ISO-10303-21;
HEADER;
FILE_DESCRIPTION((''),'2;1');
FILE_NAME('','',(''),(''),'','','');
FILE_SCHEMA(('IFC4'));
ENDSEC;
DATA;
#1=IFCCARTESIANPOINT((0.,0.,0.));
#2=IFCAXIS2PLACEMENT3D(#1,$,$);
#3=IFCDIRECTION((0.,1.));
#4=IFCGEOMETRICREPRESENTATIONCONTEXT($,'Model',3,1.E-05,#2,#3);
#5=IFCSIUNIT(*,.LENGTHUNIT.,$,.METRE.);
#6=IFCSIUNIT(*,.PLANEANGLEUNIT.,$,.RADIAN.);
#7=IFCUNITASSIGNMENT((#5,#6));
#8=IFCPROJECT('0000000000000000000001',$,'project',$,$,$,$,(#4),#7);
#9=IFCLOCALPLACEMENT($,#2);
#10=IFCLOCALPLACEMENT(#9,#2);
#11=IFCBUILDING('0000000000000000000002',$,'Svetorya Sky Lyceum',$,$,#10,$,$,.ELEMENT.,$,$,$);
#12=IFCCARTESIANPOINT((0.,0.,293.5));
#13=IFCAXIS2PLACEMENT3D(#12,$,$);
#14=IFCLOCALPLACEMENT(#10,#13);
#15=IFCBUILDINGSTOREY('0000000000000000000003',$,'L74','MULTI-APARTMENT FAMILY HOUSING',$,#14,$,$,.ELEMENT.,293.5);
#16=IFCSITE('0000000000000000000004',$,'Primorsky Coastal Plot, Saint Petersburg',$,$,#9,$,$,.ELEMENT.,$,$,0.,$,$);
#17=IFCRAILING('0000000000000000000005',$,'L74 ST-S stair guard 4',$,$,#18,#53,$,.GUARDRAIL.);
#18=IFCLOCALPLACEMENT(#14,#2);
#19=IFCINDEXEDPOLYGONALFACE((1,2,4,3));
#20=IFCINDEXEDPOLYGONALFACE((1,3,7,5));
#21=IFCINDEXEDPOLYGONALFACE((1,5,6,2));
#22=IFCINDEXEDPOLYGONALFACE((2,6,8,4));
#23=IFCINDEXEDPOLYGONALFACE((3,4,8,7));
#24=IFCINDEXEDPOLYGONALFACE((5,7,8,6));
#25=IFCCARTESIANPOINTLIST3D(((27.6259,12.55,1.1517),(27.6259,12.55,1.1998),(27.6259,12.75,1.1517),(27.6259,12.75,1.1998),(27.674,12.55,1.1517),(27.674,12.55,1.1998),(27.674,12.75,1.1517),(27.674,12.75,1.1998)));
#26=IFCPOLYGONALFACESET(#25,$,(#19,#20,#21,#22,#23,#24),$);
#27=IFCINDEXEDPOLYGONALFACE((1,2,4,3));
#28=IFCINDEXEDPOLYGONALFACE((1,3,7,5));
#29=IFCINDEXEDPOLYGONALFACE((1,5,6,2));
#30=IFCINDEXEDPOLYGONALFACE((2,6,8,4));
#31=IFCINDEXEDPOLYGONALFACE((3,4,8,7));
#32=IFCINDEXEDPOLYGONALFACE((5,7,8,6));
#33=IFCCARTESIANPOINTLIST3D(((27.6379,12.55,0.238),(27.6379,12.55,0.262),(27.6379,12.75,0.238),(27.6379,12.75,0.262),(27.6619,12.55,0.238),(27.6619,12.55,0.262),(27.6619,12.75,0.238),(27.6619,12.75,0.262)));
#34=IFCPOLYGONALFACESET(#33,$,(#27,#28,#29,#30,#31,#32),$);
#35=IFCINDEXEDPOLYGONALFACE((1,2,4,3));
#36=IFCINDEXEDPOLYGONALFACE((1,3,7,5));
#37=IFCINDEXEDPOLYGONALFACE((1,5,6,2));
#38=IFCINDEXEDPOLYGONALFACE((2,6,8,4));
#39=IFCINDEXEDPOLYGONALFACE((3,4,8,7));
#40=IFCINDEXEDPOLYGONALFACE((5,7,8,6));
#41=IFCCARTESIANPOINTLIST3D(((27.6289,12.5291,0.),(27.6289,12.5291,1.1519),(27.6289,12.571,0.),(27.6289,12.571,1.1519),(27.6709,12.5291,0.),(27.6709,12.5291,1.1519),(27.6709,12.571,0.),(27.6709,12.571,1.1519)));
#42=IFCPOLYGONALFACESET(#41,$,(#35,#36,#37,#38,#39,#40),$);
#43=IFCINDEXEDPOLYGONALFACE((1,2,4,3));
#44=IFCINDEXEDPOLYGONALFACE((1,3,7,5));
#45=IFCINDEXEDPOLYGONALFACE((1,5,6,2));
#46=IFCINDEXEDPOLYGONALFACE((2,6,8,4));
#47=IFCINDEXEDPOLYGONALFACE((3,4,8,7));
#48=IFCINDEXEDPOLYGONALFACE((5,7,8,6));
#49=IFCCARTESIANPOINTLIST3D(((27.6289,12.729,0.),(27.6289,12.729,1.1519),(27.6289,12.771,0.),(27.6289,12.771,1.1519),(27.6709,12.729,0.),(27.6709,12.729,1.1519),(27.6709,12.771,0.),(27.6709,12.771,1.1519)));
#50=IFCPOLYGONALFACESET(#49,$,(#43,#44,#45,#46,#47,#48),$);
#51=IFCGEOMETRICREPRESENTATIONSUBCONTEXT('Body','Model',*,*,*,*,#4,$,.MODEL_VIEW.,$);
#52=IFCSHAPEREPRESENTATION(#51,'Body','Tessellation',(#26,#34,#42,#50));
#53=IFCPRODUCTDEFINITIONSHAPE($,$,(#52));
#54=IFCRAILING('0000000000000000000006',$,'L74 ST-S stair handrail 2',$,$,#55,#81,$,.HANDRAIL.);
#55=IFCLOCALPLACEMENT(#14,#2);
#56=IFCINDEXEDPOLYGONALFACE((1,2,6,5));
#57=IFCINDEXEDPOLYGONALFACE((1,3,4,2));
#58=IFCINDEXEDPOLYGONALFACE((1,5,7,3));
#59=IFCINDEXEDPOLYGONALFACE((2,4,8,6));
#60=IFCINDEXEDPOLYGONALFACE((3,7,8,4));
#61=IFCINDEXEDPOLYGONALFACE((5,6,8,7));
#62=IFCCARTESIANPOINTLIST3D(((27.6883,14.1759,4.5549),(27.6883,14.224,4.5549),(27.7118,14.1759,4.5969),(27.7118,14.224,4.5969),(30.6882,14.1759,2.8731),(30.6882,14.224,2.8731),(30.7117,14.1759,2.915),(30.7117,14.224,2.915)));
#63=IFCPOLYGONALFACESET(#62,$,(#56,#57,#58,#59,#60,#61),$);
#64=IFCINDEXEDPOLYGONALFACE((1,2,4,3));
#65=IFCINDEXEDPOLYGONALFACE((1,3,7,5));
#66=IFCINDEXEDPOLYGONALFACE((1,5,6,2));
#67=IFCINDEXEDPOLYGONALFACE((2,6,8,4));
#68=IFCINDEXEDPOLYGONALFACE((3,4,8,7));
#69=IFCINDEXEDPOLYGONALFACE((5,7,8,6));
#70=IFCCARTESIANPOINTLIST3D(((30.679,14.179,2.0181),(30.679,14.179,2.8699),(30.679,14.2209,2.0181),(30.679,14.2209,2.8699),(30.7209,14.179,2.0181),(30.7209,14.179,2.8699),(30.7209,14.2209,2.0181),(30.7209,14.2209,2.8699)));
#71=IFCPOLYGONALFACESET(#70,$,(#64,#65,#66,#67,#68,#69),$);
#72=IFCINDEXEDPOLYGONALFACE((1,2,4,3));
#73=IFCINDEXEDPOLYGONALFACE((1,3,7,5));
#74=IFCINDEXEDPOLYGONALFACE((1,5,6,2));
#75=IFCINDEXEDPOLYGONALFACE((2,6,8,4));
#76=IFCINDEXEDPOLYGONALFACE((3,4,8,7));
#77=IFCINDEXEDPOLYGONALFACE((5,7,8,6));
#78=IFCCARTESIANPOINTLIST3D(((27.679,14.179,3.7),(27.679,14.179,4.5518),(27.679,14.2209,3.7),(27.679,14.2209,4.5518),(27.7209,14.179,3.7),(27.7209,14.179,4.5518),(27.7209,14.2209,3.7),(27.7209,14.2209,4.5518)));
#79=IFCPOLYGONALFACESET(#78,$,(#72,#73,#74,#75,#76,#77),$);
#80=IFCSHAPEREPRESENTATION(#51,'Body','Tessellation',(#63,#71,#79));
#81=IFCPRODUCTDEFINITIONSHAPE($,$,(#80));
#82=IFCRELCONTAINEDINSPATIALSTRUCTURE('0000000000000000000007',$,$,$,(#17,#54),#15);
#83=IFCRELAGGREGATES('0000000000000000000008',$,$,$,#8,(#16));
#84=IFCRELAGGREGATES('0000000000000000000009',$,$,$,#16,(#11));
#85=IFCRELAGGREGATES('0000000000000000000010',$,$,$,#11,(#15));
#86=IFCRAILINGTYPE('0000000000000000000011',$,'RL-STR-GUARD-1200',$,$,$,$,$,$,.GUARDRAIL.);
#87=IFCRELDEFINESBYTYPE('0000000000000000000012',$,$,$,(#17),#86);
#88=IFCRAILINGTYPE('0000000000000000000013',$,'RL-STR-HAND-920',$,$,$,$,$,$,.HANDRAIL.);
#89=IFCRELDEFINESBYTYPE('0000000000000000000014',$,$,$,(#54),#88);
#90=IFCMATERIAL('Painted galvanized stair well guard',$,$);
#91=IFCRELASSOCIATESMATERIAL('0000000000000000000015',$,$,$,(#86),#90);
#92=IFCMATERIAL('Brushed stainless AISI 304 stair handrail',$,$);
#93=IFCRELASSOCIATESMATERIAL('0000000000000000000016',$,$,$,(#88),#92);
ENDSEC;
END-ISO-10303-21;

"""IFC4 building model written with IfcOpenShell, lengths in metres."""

from ifc_helpers import new_model, si_unit, direction, frame, origin, origin_2d, place, context, subcontext, project, spatial, rectangle, extrude, material, type_object, element, save


model = new_model("IFC4")

# Units and contexts
model_context = context("Model", 3, precision=1e-05, world=origin(), true_north=direction((0.0, 1.0)))
body_context = subcontext(model_context, "Body", "Model", "MODEL_VIEW")
ifc_project = project(units=[si_unit("LENGTHUNIT", "METRE"), si_unit("PLANEANGLEUNIT", "RADIAN")], contexts=[model_context])

# Site, building, storey
site_placement = place(None, origin())
site = spatial("IfcSite", under=ifc_project, at=site_placement, Name="Primorsky Coastal Plot, Saint Petersburg", CompositionType="ELEMENT", RefElevation=0.0)
building_placement = place(site_placement, origin())
building = spatial("IfcBuilding", under=site, at=building_placement, Name="Svetorya Sky Lyceum", CompositionType="ELEMENT")
storey_placement = place(building_placement, frame((0.0, 0.0, 293.5)))
storey = spatial("IfcBuildingStorey", under=building, at=storey_placement, Name="L74", Description="MULTI-APARTMENT FAMILY HOUSING", CompositionType="ELEMENT", Elevation=293.5)

# Railings
ifc_material_1 = material(Name="Painted galvanized stair well guard")
railing_type_1 = type_object("IfcRailingType", Name="RL-STR-GUARD-1200", PredefinedType="GUARDRAIL", material=ifc_material_1)
railing_1_placement = place(storey_placement, frame((27.6499, 12.55, 0.0)))
element("IfcRailing", 1, at=railing_1_placement, inside=storey, type_object=railing_type_1, Name="L74 ST-S stair guard 4", PredefinedType="GUARDRAIL", context=body_context, shape_type="SweptSolid", body=[
    extrude(rectangle(XDim=0.0481, YDim=0.0481, at=origin_2d()), frame((0.0, 0.0, 1.1758), z_axis=(0.0, 1.0, 0.0), x_axis=(-1.0, 0.0, 0.0)), (0.0, 0.0, 1.0), 0.2),
    extrude(rectangle(XDim=0.0239, YDim=0.0239, at=origin_2d()), frame((0.0, 0.0, 0.25), z_axis=(0.0, 1.0, 0.0), x_axis=(-1.0, 0.0, 0.0)), (0.0, 0.0, 1.0), 0.2),
    extrude(rectangle(XDim=0.042, YDim=0.042, at=origin_2d()), origin(), (0.0, 0.0, 1.0), 1.1519),
    extrude(rectangle(XDim=0.042, YDim=0.042, at=origin_2d()), frame((0.0, 0.2, 0.0)), (0.0, 0.0, 1.0), 1.1519),
])
ifc_material_2 = material(Name="Brushed stainless AISI 304 stair handrail")
railing_type_2 = type_object("IfcRailingType", Name="RL-STR-HAND-920", PredefinedType="HANDRAIL", material=ifc_material_2)
railing_2_placement = place(storey_placement, frame((30.7, 14.2, 2.0181)))
element("IfcRailing", 2, at=railing_2_placement, inside=storey, type_object=railing_type_2, Name="L74 ST-S stair handrail 2", PredefinedType="HANDRAIL", context=body_context, shape_type="SweptSolid", body=[
    extrude(rectangle(XDim=0.0481, YDim=0.0481, at=origin_2d()), frame((0.0, 0.0, 0.876), z_axis=(-0.872272, 0.0, 0.48902), x_axis=(0.0, -1.0, 0.0)), (0.0, 0.0, 1.0), 3.4392),
    extrude(rectangle(XDim=0.042, YDim=0.042, at=origin_2d()), origin(), (0.0, 0.0, 1.0), 0.8518),
    extrude(rectangle(XDim=0.042, YDim=0.042, at=origin_2d()), frame((-3.0, 0.0, 1.6819)), (0.0, 0.0, 1.0), 0.8518),
])

save(model, "model.ifc")
